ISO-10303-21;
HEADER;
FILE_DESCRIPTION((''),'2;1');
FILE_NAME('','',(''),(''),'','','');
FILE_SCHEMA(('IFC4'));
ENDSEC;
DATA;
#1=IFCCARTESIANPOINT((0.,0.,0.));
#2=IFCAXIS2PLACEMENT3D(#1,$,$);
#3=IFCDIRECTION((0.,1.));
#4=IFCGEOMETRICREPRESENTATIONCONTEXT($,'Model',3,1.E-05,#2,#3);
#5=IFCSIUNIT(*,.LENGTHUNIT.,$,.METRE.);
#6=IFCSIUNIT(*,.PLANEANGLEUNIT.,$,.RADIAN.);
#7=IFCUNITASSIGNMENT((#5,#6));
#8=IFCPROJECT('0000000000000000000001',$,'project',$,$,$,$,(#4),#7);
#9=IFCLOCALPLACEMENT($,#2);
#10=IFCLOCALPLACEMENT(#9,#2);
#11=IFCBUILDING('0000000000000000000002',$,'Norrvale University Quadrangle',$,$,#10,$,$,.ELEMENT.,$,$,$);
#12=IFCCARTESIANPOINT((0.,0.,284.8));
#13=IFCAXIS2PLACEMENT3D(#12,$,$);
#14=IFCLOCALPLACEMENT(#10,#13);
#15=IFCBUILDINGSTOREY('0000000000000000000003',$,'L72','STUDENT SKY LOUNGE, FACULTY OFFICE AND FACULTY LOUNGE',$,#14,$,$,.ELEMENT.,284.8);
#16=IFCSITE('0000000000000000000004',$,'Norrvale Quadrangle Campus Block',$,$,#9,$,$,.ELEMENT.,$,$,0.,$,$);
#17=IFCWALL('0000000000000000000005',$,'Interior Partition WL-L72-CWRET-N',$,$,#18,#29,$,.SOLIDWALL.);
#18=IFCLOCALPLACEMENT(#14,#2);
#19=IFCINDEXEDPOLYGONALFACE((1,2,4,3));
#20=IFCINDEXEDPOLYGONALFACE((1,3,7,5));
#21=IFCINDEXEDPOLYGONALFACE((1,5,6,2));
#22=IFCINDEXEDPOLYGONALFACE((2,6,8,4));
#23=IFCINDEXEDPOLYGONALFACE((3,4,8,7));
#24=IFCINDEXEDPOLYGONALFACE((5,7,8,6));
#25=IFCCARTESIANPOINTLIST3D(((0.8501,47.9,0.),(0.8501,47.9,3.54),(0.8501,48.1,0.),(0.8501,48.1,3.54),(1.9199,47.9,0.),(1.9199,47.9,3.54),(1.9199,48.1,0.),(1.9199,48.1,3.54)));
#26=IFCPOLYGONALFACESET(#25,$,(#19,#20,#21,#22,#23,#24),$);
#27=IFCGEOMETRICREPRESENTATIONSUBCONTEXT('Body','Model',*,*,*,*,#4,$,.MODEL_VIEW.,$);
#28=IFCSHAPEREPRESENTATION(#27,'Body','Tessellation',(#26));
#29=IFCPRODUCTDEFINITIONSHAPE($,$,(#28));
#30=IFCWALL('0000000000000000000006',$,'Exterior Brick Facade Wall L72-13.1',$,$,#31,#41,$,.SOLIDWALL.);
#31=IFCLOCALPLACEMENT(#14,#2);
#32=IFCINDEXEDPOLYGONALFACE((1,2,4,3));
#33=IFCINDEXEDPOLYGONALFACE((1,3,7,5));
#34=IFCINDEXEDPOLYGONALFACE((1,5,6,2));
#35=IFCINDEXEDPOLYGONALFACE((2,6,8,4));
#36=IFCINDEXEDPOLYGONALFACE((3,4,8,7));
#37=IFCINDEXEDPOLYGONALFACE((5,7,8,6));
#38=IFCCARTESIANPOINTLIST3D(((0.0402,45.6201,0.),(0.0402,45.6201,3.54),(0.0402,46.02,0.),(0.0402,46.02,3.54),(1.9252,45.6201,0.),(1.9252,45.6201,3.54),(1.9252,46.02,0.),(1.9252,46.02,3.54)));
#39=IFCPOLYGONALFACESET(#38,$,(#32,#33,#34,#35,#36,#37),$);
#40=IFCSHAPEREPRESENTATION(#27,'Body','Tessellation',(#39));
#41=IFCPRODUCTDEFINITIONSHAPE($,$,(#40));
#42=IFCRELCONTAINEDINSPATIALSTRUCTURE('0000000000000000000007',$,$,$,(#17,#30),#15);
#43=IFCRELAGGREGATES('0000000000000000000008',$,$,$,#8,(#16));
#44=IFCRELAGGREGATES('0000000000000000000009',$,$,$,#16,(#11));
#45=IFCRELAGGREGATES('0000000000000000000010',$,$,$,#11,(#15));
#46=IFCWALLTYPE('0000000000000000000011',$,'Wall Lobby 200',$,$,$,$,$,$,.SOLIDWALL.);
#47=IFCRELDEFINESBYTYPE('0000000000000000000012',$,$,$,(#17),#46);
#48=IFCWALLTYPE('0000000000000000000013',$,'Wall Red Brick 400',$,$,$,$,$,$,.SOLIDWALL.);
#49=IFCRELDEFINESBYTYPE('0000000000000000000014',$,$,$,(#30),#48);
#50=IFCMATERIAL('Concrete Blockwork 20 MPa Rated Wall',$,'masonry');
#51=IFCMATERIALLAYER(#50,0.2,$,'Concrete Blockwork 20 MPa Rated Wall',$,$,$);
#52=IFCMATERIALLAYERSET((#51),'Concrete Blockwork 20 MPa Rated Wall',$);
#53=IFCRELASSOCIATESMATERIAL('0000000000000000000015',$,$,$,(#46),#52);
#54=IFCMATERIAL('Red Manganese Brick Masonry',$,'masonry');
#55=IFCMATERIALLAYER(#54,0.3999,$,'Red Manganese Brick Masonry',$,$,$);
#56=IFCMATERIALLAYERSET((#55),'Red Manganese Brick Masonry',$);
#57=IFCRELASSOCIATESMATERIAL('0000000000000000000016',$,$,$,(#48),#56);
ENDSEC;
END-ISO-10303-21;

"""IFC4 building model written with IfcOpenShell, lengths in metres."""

from ifc_helpers import new_model, si_unit, direction, frame, frame_2d, origin, place, context, subcontext, project, spatial, rectangle, extrude, material, layer, layer_set, type_object, element, save


model = new_model("IFC4")

# Units and contexts
model_context = context("Model", 3, precision=1e-05, world=origin(), true_north=direction((0.0, 1.0)))
body_context = subcontext(model_context, "Body", "Model", "MODEL_VIEW")
ifc_project = project(units=[si_unit("LENGTHUNIT", "METRE"), si_unit("PLANEANGLEUNIT", "RADIAN")], contexts=[model_context])

# Site, building, storey
site_placement = place(None, origin())
site = spatial("IfcSite", under=ifc_project, at=site_placement, Name="Norrvale Quadrangle Campus Block", CompositionType="ELEMENT", RefElevation=0.0)
building_placement = place(site_placement, origin())
building = spatial("IfcBuilding", under=site, at=building_placement, Name="Norrvale University Quadrangle", CompositionType="ELEMENT")
storey_placement = place(building_placement, frame((0.0, 0.0, 284.8)))
storey = spatial("IfcBuildingStorey", under=building, at=storey_placement, Name="L72", Description="STUDENT SKY LOUNGE, FACULTY OFFICE AND FACULTY LOUNGE", CompositionType="ELEMENT", Elevation=284.8)

# Walls
ifc_material_1 = material(Name="Concrete Blockwork 20 MPa Rated Wall", Category="masonry")
ifc_layer_1 = layer(ifc_material_1, 0.2, Name="Concrete Blockwork 20 MPa Rated Wall")
ifc_layer_set_1 = layer_set([ifc_layer_1], Name="Concrete Blockwork 20 MPa Rated Wall")
wall_type_1 = type_object("IfcWallType", Name="Wall Lobby 200", PredefinedType="SOLIDWALL", material=ifc_layer_set_1)
wall_1_placement = place(storey_placement, frame((0.8501, 48.0, 0.0), z_axis=(0.0, 0.0, 1.0), x_axis=(1.0, 0.0, 0.0)))
element("IfcWall", 1, at=wall_1_placement, inside=storey, type_object=wall_type_1, Name="Interior Partition WL-L72-CWRET-N", PredefinedType="SOLIDWALL", context=body_context, shape_type="SweptSolid", body=[
    extrude(rectangle(XDim=1.0698, YDim=0.2, at=frame_2d((0.5349, 0.0))), origin(), (0.0, 0.0, 1.0), 3.54),
])
ifc_material_2 = material(Name="Red Manganese Brick Masonry", Category="masonry")
ifc_layer_2 = layer(ifc_material_2, 0.3999, Name="Red Manganese Brick Masonry")
ifc_layer_set_2 = layer_set([ifc_layer_2], Name="Red Manganese Brick Masonry")
wall_type_2 = type_object("IfcWallType", Name="Wall Red Brick 400", PredefinedType="SOLIDWALL", material=ifc_layer_set_2)
wall_2_placement = place(storey_placement, frame((1.925, 45.8201, 0.0), z_axis=(0.0, 0.0, 1.0), x_axis=(-1.0, 0.0, 0.0)))
element("IfcWall", 2, at=wall_2_placement, inside=storey, type_object=wall_type_2, Name="Exterior Brick Facade Wall L72-13.1", PredefinedType="SOLIDWALL", context=body_context, shape_type="SweptSolid", body=[
    extrude(rectangle(XDim=1.885, YDim=0.3999, at=frame_2d((0.9424, 0.0))), origin(), (0.0, 0.0, 1.0), 3.54),
])

save(model, "model.ifc")
